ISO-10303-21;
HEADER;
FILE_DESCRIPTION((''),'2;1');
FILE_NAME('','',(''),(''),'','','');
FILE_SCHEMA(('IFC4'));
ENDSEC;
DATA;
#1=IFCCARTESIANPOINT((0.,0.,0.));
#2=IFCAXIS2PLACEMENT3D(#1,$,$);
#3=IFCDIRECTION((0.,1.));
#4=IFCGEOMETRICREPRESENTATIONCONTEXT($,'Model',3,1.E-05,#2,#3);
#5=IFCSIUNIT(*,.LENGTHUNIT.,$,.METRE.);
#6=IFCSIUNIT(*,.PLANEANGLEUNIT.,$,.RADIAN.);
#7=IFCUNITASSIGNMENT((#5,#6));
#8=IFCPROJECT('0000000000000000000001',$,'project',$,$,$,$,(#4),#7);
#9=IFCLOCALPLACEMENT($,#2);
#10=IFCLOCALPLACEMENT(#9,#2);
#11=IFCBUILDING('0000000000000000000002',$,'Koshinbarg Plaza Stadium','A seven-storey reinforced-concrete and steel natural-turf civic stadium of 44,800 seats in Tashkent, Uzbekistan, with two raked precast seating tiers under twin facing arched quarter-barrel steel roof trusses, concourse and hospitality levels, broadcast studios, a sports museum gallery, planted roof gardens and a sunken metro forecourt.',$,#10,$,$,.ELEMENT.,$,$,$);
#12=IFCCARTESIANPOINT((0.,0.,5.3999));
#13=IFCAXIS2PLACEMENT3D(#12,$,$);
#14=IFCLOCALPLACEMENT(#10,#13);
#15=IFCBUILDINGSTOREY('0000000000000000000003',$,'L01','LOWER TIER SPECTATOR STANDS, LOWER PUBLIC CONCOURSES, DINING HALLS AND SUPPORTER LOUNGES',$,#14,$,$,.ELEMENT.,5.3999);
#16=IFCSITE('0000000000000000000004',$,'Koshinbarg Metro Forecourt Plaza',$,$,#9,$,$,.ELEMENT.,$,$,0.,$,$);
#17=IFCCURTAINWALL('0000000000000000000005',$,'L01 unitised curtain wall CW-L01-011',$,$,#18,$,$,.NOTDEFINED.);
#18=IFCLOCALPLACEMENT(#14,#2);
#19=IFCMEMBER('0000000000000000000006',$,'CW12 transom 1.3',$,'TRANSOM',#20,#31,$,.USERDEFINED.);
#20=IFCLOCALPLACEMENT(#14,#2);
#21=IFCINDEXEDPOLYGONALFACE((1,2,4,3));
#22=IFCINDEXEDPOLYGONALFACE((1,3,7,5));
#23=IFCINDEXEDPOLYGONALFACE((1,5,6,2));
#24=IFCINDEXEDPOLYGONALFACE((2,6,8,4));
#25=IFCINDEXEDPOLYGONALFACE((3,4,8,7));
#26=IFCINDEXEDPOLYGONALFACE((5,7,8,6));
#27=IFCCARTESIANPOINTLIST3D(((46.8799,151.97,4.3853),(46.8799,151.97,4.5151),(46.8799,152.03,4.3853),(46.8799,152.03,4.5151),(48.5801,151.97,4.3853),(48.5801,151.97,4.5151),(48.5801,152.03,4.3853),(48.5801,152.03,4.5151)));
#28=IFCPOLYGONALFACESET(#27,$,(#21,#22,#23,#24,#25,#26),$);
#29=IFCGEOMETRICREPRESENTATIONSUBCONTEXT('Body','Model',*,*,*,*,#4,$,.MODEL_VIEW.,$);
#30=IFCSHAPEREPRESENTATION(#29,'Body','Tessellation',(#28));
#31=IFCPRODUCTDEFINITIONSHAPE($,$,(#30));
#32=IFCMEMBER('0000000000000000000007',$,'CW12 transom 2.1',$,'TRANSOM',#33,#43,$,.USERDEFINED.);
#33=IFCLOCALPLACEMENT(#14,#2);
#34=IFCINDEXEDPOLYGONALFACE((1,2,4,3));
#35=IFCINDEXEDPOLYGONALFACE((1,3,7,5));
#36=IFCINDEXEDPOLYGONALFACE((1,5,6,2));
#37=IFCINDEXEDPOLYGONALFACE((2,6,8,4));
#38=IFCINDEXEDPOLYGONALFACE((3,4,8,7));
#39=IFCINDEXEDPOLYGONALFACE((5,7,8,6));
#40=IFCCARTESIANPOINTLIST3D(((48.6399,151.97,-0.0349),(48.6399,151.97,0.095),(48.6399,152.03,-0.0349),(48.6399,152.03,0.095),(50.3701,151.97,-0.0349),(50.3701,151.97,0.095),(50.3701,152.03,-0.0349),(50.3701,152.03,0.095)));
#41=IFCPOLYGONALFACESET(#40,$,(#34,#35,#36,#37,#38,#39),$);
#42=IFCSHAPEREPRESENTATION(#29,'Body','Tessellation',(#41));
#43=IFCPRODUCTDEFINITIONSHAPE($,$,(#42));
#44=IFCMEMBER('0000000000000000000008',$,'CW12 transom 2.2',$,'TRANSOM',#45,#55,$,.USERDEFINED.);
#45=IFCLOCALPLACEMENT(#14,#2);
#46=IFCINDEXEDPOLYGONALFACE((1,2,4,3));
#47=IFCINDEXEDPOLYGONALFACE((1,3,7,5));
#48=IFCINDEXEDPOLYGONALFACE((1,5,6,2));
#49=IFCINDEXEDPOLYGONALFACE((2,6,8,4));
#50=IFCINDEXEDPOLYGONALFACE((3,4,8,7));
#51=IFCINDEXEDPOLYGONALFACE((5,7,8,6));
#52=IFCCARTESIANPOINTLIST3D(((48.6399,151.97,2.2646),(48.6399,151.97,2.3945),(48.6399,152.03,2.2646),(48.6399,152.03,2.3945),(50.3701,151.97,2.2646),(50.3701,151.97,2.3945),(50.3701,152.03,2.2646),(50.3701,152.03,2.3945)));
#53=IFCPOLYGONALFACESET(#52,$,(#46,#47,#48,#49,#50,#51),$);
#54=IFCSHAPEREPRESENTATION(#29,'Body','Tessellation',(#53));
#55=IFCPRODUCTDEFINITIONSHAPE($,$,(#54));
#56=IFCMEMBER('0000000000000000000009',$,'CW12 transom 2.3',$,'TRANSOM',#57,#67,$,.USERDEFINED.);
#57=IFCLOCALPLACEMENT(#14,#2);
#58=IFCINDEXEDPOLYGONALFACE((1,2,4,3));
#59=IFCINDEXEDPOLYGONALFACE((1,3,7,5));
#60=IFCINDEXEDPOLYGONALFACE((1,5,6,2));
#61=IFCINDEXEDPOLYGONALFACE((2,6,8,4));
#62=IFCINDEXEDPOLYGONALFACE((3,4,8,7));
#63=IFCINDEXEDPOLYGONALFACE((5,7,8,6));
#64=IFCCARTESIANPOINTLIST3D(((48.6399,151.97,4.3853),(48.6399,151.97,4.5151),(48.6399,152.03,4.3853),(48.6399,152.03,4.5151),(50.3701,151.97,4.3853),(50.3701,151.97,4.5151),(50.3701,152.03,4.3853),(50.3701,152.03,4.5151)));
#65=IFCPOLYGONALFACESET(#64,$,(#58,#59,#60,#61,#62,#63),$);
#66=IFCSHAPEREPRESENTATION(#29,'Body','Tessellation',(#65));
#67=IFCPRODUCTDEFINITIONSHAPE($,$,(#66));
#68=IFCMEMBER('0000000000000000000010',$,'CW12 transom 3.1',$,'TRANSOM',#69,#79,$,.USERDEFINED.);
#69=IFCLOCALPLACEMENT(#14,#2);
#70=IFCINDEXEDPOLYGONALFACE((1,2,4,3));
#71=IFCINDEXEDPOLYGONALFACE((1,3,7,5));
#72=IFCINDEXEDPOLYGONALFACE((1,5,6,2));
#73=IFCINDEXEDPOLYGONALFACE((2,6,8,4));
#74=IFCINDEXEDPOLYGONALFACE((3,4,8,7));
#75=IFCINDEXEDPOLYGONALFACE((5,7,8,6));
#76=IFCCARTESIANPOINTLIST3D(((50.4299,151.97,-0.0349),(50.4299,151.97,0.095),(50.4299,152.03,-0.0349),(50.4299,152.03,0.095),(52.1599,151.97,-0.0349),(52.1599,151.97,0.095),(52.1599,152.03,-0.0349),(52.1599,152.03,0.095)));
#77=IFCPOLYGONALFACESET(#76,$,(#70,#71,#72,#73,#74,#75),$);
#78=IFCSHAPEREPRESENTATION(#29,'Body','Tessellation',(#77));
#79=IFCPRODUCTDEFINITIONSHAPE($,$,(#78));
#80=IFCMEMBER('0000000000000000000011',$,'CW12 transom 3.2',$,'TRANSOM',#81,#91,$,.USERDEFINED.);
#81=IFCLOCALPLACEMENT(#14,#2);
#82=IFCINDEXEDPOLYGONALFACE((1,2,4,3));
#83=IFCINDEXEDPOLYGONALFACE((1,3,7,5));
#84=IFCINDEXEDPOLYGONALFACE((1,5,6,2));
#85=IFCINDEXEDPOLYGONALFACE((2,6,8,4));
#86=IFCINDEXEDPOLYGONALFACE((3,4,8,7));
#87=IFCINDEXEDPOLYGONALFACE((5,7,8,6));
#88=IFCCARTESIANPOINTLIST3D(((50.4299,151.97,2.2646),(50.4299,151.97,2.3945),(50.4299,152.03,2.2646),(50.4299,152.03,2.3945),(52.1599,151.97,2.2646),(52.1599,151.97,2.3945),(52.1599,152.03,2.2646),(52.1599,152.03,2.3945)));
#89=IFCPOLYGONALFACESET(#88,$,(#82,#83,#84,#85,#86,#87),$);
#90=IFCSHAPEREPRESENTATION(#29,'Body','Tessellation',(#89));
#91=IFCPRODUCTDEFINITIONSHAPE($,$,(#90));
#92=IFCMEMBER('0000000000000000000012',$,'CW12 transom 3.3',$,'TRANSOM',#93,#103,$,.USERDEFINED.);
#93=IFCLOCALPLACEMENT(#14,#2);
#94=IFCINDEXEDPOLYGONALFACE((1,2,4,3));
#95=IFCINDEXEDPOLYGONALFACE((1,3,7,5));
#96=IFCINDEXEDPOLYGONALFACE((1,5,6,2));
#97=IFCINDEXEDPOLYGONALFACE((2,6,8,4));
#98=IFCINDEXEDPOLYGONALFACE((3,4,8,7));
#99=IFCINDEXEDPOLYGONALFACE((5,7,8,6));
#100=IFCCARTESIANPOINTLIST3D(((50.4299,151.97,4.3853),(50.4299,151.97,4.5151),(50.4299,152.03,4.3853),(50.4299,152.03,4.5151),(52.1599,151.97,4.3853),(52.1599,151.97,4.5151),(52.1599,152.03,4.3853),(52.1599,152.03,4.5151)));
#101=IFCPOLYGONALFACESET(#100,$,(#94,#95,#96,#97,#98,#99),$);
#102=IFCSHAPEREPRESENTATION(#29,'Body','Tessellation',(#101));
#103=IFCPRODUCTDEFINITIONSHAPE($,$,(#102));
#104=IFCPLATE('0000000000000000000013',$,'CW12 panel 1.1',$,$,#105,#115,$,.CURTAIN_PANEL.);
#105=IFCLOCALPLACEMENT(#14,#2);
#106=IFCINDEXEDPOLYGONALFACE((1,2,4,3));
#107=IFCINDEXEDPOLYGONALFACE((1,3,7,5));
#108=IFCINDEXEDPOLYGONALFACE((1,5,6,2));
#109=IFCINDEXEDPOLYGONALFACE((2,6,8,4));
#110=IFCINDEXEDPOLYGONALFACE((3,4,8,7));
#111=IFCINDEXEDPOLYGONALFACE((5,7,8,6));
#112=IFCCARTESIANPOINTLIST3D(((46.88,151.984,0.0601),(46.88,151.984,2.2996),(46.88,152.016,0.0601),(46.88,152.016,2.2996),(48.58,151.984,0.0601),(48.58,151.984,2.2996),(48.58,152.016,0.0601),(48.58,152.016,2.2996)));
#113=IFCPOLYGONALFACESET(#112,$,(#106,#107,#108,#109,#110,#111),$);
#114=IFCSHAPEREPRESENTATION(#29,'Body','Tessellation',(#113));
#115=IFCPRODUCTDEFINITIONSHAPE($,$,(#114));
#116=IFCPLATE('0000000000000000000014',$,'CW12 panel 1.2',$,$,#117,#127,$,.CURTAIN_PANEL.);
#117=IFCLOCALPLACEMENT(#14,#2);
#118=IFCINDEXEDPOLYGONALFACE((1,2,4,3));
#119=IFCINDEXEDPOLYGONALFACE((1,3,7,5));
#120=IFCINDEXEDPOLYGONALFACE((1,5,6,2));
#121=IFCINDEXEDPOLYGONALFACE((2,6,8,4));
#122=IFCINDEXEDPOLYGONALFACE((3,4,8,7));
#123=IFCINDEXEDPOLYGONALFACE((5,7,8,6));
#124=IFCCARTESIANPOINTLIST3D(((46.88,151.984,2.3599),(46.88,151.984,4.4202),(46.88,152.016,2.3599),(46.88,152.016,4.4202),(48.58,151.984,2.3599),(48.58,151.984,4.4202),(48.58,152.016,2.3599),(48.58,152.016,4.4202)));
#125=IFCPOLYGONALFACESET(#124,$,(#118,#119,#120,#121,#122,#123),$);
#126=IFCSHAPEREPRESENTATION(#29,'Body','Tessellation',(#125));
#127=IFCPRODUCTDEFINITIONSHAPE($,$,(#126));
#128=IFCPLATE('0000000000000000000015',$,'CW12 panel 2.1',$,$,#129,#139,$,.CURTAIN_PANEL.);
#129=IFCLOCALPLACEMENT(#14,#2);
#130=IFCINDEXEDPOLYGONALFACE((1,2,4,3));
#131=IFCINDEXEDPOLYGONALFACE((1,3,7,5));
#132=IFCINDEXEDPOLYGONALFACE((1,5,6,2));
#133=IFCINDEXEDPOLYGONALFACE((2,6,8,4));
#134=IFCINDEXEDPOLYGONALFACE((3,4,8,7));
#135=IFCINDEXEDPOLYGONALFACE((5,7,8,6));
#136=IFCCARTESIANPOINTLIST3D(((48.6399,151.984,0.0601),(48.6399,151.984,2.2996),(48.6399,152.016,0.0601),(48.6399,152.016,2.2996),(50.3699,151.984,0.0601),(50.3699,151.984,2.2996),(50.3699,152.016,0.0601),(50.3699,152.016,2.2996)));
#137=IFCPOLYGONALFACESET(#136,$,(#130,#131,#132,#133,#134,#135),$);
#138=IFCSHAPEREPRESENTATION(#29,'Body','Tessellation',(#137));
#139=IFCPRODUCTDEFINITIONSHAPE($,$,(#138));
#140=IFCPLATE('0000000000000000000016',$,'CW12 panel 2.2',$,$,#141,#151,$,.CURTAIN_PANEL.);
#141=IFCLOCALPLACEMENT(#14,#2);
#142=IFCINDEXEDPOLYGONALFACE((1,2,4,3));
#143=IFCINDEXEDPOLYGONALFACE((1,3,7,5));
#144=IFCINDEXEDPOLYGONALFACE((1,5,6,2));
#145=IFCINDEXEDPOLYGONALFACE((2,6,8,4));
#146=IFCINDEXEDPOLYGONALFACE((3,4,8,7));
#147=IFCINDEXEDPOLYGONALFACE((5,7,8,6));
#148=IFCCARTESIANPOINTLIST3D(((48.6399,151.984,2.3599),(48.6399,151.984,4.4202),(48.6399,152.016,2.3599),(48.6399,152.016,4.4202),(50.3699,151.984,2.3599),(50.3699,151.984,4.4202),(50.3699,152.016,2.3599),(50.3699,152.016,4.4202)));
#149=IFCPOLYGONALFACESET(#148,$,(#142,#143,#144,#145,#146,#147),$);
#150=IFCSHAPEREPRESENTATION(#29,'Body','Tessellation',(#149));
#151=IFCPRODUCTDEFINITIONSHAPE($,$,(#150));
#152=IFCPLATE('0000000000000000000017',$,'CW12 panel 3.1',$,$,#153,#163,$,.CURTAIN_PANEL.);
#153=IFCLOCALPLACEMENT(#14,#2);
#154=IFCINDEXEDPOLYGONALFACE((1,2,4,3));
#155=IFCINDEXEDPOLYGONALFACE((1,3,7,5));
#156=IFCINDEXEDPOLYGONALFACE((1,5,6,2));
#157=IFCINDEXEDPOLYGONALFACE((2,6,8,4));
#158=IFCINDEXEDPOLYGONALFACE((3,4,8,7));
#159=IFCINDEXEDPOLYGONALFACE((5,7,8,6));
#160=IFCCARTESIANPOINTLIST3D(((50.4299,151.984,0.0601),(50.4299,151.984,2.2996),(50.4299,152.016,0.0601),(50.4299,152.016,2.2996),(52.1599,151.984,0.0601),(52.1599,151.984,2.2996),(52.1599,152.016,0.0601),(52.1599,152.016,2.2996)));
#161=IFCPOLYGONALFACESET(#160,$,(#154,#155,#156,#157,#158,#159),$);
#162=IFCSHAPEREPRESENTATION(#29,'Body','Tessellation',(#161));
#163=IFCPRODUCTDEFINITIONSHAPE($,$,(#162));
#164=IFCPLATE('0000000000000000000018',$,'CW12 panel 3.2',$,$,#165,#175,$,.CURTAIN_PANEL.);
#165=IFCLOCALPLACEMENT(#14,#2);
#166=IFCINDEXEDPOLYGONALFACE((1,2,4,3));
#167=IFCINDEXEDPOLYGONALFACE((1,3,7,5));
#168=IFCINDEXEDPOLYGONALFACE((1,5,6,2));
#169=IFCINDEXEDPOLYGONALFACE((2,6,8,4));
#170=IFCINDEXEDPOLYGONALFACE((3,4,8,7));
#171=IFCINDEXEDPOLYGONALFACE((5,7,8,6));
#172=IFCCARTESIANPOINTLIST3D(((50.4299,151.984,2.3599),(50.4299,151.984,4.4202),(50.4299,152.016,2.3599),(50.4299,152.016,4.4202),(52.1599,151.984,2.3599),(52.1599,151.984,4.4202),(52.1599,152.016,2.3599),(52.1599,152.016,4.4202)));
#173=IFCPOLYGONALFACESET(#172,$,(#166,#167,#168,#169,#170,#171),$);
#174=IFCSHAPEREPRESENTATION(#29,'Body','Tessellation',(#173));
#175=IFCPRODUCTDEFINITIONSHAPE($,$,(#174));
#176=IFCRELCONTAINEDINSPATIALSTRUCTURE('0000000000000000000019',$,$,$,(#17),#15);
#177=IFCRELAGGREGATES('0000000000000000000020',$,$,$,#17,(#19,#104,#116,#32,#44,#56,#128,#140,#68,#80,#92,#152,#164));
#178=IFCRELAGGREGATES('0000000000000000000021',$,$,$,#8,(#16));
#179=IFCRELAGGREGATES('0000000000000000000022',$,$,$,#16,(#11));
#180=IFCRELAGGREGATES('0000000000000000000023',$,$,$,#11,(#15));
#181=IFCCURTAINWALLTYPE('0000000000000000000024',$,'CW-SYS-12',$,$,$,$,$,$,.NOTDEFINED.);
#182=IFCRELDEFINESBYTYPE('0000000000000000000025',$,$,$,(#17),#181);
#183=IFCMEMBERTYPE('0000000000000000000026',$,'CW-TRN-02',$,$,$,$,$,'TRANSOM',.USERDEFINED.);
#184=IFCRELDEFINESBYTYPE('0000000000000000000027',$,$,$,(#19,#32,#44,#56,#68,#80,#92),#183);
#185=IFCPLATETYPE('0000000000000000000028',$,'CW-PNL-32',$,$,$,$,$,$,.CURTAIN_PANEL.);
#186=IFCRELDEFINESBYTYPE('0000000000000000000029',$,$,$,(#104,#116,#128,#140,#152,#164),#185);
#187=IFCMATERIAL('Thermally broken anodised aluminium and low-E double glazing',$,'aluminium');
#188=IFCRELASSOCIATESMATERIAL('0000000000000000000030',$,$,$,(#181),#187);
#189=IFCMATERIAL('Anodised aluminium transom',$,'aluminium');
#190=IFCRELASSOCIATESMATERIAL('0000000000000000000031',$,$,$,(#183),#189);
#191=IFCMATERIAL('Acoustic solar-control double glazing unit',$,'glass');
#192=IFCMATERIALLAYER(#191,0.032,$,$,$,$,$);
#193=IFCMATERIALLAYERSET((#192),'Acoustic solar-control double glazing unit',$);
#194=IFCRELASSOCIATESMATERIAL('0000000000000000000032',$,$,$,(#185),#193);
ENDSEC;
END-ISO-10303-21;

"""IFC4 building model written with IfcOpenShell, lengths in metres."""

from ifc_helpers import new_model, si_unit, direction, frame, origin, origin_2d, place, context, subcontext, project, spatial, rectangle, extrude, material, layer, layer_set, material_profile, profile_set, type_object, element, aggregate, save


model = new_model("IFC4")

# Units and contexts
model_context = context("Model", 3, precision=1e-05, world=origin(), true_north=direction((0.0, 1.0)))
body_context = subcontext(model_context, "Body", "Model", "MODEL_VIEW")
ifc_project = project(units=[si_unit("LENGTHUNIT", "METRE"), si_unit("PLANEANGLEUNIT", "RADIAN")], contexts=[model_context])

# Site, building, storey
site_placement = place(None, origin())
site = spatial("IfcSite", under=ifc_project, at=site_placement, Name="Koshinbarg Metro Forecourt Plaza", CompositionType="ELEMENT", RefElevation=0.0)
building_placement = place(site_placement, origin())
building = spatial("IfcBuilding", under=site, at=building_placement, Name="Koshinbarg Plaza Stadium", Description="A seven-storey reinforced-concrete and steel natural-turf civic stadium of 44,800 seats in Tashkent, Uzbekistan, with two raked precast seating tiers under twin facing arched quarter-barrel steel roof trusses, concourse and hospitality levels, broadcast studios, a sports museum gallery, planted roof gardens and a sunken metro forecourt.", CompositionType="ELEMENT")
storey_placement = place(building_placement, frame((0.0, 0.0, 5.3999)))
storey = spatial("IfcBuildingStorey", under=building, at=storey_placement, Name="L01", Description="LOWER TIER SPECTATOR STANDS, LOWER PUBLIC CONCOURSES, DINING HALLS AND SUPPORTER LOUNGES", CompositionType="ELEMENT", Elevation=5.3999)

# Curtain wall, members, plates
ifc_material_1 = material(Name="Thermally broken anodised aluminium and low-E double glazing", Category="aluminium")
curtain_wall_type = type_object("IfcCurtainWallType", Name="CW-SYS-12", PredefinedType="NOTDEFINED", material=ifc_material_1)
curtain_wall_placement = place(storey_placement, origin())
curtain_wall = element("IfcCurtainWall", 1, at=curtain_wall_placement, inside=storey, type_object=curtain_wall_type, Name="L01 unitised curtain wall CW-L01-011", PredefinedType="NOTDEFINED")
ifc_material_2 = material(Name="Anodised aluminium transom", Category="aluminium")
ifc_material_profile_1 = material_profile(ifc_material_2, rectangle(XDim=0.0601, YDim=0.1299, at=origin_2d()), Name="ALU 60x130")
ifc_profile_set_1 = profile_set([ifc_material_profile_1], Name="Anodised aluminium transom")
member_type_1 = type_object("IfcMemberType", Name="CW-TRN-02", ElementType="TRANSOM", PredefinedType="USERDEFINED", material=ifc_profile_set_1)
member_1_placement = place(storey_placement, frame((46.8799, 152.0, 4.4502), z_axis=(1.0, 0.0, 0.0), x_axis=(0.0, 1.0, 0.0)))
member_1 = element("IfcMember", 2, at=member_1_placement, type_object=member_type_1, Name="CW12 transom 1.3", ObjectType="TRANSOM", PredefinedType="USERDEFINED", context=body_context, shape_type="SweptSolid", body=[
    extrude(rectangle(XDim=0.0601, YDim=0.1299, at=origin_2d()), origin(), (0.0, 0.0, 1.0), 1.7002),
])
member_2_placement = place(storey_placement, frame((48.6399, 152.0, 0.03), z_axis=(1.0, 0.0, 0.0), x_axis=(0.0, 1.0, 0.0)))
member_2 = element("IfcMember", 3, at=member_2_placement, type_object=member_type_1, Name="CW12 transom 2.1", ObjectType="TRANSOM", PredefinedType="USERDEFINED", context=body_context, shape_type="SweptSolid", body=[
    extrude(rectangle(XDim=0.0601, YDim=0.1299, at=origin_2d()), origin(), (0.0, 0.0, 1.0), 1.7302),
])
member_3_placement = place(storey_placement, frame((48.6399, 152.0, 2.3296), z_axis=(1.0, 0.0, 0.0), x_axis=(0.0, 1.0, 0.0)))
member_3 = element("IfcMember", 4, at=member_3_placement, type_object=member_type_1, Name="CW12 transom 2.2", ObjectType="TRANSOM", PredefinedType="USERDEFINED", context=body_context, shape_type="SweptSolid", body=[
    extrude(rectangle(XDim=0.0601, YDim=0.1299, at=origin_2d()), origin(), (0.0, 0.0, 1.0), 1.7302),
])
member_4_placement = place(storey_placement, frame((48.6399, 152.0, 4.4502), z_axis=(1.0, 0.0, 0.0), x_axis=(0.0, 1.0, 0.0)))
member_4 = element("IfcMember", 5, at=member_4_placement, type_object=member_type_1, Name="CW12 transom 2.3", ObjectType="TRANSOM", PredefinedType="USERDEFINED", context=body_context, shape_type="SweptSolid", body=[
    extrude(rectangle(XDim=0.0601, YDim=0.1299, at=origin_2d()), origin(), (0.0, 0.0, 1.0), 1.7302),
])
member_5_placement = place(storey_placement, frame((50.4299, 152.0, 0.03), z_axis=(1.0, 0.0, 0.0), x_axis=(0.0, 1.0, 0.0)))
member_5 = element("IfcMember", 6, at=member_5_placement, type_object=member_type_1, Name="CW12 transom 3.1", ObjectType="TRANSOM", PredefinedType="USERDEFINED", context=body_context, shape_type="SweptSolid", body=[
    extrude(rectangle(XDim=0.0601, YDim=0.1299, at=origin_2d()), origin(), (0.0, 0.0, 1.0), 1.73),
])
member_6_placement = place(storey_placement, frame((50.4299, 152.0, 2.3296), z_axis=(1.0, 0.0, 0.0), x_axis=(0.0, 1.0, 0.0)))
member_6 = element("IfcMember", 7, at=member_6_placement, type_object=member_type_1, Name="CW12 transom 3.2", ObjectType="TRANSOM", PredefinedType="USERDEFINED", context=body_context, shape_type="SweptSolid", body=[
    extrude(rectangle(XDim=0.0601, YDim=0.1299, at=origin_2d()), origin(), (0.0, 0.0, 1.0), 1.73),
])
member_7_placement = place(storey_placement, frame((50.4299, 152.0, 4.4502), z_axis=(1.0, 0.0, 0.0), x_axis=(0.0, 1.0, 0.0)))
member_7 = element("IfcMember", 8, at=member_7_placement, type_object=member_type_1, Name="CW12 transom 3.3", ObjectType="TRANSOM", PredefinedType="USERDEFINED", context=body_context, shape_type="SweptSolid", body=[
    extrude(rectangle(XDim=0.0601, YDim=0.1299, at=origin_2d()), origin(), (0.0, 0.0, 1.0), 1.73),
])
ifc_material_3 = material(Name="Acoustic solar-control double glazing unit", Category="glass")
ifc_layer_1 = layer(ifc_material_3, 0.032)
ifc_layer_set_1 = layer_set([ifc_layer_1], Name="Acoustic solar-control double glazing unit")
plate_type = type_object("IfcPlateType", Name="CW-PNL-32", PredefinedType="CURTAIN_PANEL", material=ifc_layer_set_1)
plate_1_placement = place(storey_placement, frame((47.73, 152.0, 0.0601), z_axis=(0.0, 0.0, 1.0), x_axis=(1.0, 0.0, 0.0)))
plate_1 = element("IfcPlate", 9, at=plate_1_placement, type_object=plate_type, Name="CW12 panel 1.1", PredefinedType="CURTAIN_PANEL", context=body_context, shape_type="SweptSolid", body=[
    extrude(rectangle(XDim=1.7, YDim=0.032, at=origin_2d()), origin(), (0.0, 0.0, 1.0), 2.2395),
])
plate_2_placement = place(storey_placement, frame((47.73, 152.0, 2.3599), z_axis=(0.0, 0.0, 1.0), x_axis=(1.0, 0.0, 0.0)))
plate_2 = element("IfcPlate", 10, at=plate_2_placement, type_object=plate_type, Name="CW12 panel 1.2", PredefinedType="CURTAIN_PANEL", context=body_context, shape_type="SweptSolid", body=[
    extrude(rectangle(XDim=1.7, YDim=0.032, at=origin_2d()), origin(), (0.0, 0.0, 1.0), 2.0603),
])
plate_3_placement = place(storey_placement, frame((49.5049, 152.0, 0.0601), z_axis=(0.0, 0.0, 1.0), x_axis=(1.0, 0.0, 0.0)))
plate_3 = element("IfcPlate", 11, at=plate_3_placement, type_object=plate_type, Name="CW12 panel 2.1", PredefinedType="CURTAIN_PANEL", context=body_context, shape_type="SweptSolid", body=[
    extrude(rectangle(XDim=1.73, YDim=0.032, at=origin_2d()), origin(), (0.0, 0.0, 1.0), 2.2395),
])
plate_4_placement = place(storey_placement, frame((49.5049, 152.0, 2.3599), z_axis=(0.0, 0.0, 1.0), x_axis=(1.0, 0.0, 0.0)))
plate_4 = element("IfcPlate", 12, at=plate_4_placement, type_object=plate_type, Name="CW12 panel 2.2", PredefinedType="CURTAIN_PANEL", context=body_context, shape_type="SweptSolid", body=[
    extrude(rectangle(XDim=1.73, YDim=0.032, at=origin_2d()), origin(), (0.0, 0.0, 1.0), 2.0603),
])
plate_5_placement = place(storey_placement, frame((51.2949, 152.0, 0.0601), z_axis=(0.0, 0.0, 1.0), x_axis=(1.0, 0.0, 0.0)))
plate_5 = element("IfcPlate", 13, at=plate_5_placement, type_object=plate_type, Name="CW12 panel 3.1", PredefinedType="CURTAIN_PANEL", context=body_context, shape_type="SweptSolid", body=[
    extrude(rectangle(XDim=1.73, YDim=0.032, at=origin_2d()), origin(), (0.0, 0.0, 1.0), 2.2395),
])
plate_6_placement = place(storey_placement, frame((51.2949, 152.0, 2.3599), z_axis=(0.0, 0.0, 1.0), x_axis=(1.0, 0.0, 0.0)))
plate_6 = element("IfcPlate", 14, at=plate_6_placement, type_object=plate_type, Name="CW12 panel 3.2", PredefinedType="CURTAIN_PANEL", context=body_context, shape_type="SweptSolid", body=[
    extrude(rectangle(XDim=1.73, YDim=0.032, at=origin_2d()), origin(), (0.0, 0.0, 1.0), 2.0603),
])
aggregate(curtain_wall, [member_1, plate_1, plate_2, member_2, member_3, member_4, plate_3, plate_4, member_5, member_6, member_7, plate_5, plate_6])

save(model, "model.ifc")
